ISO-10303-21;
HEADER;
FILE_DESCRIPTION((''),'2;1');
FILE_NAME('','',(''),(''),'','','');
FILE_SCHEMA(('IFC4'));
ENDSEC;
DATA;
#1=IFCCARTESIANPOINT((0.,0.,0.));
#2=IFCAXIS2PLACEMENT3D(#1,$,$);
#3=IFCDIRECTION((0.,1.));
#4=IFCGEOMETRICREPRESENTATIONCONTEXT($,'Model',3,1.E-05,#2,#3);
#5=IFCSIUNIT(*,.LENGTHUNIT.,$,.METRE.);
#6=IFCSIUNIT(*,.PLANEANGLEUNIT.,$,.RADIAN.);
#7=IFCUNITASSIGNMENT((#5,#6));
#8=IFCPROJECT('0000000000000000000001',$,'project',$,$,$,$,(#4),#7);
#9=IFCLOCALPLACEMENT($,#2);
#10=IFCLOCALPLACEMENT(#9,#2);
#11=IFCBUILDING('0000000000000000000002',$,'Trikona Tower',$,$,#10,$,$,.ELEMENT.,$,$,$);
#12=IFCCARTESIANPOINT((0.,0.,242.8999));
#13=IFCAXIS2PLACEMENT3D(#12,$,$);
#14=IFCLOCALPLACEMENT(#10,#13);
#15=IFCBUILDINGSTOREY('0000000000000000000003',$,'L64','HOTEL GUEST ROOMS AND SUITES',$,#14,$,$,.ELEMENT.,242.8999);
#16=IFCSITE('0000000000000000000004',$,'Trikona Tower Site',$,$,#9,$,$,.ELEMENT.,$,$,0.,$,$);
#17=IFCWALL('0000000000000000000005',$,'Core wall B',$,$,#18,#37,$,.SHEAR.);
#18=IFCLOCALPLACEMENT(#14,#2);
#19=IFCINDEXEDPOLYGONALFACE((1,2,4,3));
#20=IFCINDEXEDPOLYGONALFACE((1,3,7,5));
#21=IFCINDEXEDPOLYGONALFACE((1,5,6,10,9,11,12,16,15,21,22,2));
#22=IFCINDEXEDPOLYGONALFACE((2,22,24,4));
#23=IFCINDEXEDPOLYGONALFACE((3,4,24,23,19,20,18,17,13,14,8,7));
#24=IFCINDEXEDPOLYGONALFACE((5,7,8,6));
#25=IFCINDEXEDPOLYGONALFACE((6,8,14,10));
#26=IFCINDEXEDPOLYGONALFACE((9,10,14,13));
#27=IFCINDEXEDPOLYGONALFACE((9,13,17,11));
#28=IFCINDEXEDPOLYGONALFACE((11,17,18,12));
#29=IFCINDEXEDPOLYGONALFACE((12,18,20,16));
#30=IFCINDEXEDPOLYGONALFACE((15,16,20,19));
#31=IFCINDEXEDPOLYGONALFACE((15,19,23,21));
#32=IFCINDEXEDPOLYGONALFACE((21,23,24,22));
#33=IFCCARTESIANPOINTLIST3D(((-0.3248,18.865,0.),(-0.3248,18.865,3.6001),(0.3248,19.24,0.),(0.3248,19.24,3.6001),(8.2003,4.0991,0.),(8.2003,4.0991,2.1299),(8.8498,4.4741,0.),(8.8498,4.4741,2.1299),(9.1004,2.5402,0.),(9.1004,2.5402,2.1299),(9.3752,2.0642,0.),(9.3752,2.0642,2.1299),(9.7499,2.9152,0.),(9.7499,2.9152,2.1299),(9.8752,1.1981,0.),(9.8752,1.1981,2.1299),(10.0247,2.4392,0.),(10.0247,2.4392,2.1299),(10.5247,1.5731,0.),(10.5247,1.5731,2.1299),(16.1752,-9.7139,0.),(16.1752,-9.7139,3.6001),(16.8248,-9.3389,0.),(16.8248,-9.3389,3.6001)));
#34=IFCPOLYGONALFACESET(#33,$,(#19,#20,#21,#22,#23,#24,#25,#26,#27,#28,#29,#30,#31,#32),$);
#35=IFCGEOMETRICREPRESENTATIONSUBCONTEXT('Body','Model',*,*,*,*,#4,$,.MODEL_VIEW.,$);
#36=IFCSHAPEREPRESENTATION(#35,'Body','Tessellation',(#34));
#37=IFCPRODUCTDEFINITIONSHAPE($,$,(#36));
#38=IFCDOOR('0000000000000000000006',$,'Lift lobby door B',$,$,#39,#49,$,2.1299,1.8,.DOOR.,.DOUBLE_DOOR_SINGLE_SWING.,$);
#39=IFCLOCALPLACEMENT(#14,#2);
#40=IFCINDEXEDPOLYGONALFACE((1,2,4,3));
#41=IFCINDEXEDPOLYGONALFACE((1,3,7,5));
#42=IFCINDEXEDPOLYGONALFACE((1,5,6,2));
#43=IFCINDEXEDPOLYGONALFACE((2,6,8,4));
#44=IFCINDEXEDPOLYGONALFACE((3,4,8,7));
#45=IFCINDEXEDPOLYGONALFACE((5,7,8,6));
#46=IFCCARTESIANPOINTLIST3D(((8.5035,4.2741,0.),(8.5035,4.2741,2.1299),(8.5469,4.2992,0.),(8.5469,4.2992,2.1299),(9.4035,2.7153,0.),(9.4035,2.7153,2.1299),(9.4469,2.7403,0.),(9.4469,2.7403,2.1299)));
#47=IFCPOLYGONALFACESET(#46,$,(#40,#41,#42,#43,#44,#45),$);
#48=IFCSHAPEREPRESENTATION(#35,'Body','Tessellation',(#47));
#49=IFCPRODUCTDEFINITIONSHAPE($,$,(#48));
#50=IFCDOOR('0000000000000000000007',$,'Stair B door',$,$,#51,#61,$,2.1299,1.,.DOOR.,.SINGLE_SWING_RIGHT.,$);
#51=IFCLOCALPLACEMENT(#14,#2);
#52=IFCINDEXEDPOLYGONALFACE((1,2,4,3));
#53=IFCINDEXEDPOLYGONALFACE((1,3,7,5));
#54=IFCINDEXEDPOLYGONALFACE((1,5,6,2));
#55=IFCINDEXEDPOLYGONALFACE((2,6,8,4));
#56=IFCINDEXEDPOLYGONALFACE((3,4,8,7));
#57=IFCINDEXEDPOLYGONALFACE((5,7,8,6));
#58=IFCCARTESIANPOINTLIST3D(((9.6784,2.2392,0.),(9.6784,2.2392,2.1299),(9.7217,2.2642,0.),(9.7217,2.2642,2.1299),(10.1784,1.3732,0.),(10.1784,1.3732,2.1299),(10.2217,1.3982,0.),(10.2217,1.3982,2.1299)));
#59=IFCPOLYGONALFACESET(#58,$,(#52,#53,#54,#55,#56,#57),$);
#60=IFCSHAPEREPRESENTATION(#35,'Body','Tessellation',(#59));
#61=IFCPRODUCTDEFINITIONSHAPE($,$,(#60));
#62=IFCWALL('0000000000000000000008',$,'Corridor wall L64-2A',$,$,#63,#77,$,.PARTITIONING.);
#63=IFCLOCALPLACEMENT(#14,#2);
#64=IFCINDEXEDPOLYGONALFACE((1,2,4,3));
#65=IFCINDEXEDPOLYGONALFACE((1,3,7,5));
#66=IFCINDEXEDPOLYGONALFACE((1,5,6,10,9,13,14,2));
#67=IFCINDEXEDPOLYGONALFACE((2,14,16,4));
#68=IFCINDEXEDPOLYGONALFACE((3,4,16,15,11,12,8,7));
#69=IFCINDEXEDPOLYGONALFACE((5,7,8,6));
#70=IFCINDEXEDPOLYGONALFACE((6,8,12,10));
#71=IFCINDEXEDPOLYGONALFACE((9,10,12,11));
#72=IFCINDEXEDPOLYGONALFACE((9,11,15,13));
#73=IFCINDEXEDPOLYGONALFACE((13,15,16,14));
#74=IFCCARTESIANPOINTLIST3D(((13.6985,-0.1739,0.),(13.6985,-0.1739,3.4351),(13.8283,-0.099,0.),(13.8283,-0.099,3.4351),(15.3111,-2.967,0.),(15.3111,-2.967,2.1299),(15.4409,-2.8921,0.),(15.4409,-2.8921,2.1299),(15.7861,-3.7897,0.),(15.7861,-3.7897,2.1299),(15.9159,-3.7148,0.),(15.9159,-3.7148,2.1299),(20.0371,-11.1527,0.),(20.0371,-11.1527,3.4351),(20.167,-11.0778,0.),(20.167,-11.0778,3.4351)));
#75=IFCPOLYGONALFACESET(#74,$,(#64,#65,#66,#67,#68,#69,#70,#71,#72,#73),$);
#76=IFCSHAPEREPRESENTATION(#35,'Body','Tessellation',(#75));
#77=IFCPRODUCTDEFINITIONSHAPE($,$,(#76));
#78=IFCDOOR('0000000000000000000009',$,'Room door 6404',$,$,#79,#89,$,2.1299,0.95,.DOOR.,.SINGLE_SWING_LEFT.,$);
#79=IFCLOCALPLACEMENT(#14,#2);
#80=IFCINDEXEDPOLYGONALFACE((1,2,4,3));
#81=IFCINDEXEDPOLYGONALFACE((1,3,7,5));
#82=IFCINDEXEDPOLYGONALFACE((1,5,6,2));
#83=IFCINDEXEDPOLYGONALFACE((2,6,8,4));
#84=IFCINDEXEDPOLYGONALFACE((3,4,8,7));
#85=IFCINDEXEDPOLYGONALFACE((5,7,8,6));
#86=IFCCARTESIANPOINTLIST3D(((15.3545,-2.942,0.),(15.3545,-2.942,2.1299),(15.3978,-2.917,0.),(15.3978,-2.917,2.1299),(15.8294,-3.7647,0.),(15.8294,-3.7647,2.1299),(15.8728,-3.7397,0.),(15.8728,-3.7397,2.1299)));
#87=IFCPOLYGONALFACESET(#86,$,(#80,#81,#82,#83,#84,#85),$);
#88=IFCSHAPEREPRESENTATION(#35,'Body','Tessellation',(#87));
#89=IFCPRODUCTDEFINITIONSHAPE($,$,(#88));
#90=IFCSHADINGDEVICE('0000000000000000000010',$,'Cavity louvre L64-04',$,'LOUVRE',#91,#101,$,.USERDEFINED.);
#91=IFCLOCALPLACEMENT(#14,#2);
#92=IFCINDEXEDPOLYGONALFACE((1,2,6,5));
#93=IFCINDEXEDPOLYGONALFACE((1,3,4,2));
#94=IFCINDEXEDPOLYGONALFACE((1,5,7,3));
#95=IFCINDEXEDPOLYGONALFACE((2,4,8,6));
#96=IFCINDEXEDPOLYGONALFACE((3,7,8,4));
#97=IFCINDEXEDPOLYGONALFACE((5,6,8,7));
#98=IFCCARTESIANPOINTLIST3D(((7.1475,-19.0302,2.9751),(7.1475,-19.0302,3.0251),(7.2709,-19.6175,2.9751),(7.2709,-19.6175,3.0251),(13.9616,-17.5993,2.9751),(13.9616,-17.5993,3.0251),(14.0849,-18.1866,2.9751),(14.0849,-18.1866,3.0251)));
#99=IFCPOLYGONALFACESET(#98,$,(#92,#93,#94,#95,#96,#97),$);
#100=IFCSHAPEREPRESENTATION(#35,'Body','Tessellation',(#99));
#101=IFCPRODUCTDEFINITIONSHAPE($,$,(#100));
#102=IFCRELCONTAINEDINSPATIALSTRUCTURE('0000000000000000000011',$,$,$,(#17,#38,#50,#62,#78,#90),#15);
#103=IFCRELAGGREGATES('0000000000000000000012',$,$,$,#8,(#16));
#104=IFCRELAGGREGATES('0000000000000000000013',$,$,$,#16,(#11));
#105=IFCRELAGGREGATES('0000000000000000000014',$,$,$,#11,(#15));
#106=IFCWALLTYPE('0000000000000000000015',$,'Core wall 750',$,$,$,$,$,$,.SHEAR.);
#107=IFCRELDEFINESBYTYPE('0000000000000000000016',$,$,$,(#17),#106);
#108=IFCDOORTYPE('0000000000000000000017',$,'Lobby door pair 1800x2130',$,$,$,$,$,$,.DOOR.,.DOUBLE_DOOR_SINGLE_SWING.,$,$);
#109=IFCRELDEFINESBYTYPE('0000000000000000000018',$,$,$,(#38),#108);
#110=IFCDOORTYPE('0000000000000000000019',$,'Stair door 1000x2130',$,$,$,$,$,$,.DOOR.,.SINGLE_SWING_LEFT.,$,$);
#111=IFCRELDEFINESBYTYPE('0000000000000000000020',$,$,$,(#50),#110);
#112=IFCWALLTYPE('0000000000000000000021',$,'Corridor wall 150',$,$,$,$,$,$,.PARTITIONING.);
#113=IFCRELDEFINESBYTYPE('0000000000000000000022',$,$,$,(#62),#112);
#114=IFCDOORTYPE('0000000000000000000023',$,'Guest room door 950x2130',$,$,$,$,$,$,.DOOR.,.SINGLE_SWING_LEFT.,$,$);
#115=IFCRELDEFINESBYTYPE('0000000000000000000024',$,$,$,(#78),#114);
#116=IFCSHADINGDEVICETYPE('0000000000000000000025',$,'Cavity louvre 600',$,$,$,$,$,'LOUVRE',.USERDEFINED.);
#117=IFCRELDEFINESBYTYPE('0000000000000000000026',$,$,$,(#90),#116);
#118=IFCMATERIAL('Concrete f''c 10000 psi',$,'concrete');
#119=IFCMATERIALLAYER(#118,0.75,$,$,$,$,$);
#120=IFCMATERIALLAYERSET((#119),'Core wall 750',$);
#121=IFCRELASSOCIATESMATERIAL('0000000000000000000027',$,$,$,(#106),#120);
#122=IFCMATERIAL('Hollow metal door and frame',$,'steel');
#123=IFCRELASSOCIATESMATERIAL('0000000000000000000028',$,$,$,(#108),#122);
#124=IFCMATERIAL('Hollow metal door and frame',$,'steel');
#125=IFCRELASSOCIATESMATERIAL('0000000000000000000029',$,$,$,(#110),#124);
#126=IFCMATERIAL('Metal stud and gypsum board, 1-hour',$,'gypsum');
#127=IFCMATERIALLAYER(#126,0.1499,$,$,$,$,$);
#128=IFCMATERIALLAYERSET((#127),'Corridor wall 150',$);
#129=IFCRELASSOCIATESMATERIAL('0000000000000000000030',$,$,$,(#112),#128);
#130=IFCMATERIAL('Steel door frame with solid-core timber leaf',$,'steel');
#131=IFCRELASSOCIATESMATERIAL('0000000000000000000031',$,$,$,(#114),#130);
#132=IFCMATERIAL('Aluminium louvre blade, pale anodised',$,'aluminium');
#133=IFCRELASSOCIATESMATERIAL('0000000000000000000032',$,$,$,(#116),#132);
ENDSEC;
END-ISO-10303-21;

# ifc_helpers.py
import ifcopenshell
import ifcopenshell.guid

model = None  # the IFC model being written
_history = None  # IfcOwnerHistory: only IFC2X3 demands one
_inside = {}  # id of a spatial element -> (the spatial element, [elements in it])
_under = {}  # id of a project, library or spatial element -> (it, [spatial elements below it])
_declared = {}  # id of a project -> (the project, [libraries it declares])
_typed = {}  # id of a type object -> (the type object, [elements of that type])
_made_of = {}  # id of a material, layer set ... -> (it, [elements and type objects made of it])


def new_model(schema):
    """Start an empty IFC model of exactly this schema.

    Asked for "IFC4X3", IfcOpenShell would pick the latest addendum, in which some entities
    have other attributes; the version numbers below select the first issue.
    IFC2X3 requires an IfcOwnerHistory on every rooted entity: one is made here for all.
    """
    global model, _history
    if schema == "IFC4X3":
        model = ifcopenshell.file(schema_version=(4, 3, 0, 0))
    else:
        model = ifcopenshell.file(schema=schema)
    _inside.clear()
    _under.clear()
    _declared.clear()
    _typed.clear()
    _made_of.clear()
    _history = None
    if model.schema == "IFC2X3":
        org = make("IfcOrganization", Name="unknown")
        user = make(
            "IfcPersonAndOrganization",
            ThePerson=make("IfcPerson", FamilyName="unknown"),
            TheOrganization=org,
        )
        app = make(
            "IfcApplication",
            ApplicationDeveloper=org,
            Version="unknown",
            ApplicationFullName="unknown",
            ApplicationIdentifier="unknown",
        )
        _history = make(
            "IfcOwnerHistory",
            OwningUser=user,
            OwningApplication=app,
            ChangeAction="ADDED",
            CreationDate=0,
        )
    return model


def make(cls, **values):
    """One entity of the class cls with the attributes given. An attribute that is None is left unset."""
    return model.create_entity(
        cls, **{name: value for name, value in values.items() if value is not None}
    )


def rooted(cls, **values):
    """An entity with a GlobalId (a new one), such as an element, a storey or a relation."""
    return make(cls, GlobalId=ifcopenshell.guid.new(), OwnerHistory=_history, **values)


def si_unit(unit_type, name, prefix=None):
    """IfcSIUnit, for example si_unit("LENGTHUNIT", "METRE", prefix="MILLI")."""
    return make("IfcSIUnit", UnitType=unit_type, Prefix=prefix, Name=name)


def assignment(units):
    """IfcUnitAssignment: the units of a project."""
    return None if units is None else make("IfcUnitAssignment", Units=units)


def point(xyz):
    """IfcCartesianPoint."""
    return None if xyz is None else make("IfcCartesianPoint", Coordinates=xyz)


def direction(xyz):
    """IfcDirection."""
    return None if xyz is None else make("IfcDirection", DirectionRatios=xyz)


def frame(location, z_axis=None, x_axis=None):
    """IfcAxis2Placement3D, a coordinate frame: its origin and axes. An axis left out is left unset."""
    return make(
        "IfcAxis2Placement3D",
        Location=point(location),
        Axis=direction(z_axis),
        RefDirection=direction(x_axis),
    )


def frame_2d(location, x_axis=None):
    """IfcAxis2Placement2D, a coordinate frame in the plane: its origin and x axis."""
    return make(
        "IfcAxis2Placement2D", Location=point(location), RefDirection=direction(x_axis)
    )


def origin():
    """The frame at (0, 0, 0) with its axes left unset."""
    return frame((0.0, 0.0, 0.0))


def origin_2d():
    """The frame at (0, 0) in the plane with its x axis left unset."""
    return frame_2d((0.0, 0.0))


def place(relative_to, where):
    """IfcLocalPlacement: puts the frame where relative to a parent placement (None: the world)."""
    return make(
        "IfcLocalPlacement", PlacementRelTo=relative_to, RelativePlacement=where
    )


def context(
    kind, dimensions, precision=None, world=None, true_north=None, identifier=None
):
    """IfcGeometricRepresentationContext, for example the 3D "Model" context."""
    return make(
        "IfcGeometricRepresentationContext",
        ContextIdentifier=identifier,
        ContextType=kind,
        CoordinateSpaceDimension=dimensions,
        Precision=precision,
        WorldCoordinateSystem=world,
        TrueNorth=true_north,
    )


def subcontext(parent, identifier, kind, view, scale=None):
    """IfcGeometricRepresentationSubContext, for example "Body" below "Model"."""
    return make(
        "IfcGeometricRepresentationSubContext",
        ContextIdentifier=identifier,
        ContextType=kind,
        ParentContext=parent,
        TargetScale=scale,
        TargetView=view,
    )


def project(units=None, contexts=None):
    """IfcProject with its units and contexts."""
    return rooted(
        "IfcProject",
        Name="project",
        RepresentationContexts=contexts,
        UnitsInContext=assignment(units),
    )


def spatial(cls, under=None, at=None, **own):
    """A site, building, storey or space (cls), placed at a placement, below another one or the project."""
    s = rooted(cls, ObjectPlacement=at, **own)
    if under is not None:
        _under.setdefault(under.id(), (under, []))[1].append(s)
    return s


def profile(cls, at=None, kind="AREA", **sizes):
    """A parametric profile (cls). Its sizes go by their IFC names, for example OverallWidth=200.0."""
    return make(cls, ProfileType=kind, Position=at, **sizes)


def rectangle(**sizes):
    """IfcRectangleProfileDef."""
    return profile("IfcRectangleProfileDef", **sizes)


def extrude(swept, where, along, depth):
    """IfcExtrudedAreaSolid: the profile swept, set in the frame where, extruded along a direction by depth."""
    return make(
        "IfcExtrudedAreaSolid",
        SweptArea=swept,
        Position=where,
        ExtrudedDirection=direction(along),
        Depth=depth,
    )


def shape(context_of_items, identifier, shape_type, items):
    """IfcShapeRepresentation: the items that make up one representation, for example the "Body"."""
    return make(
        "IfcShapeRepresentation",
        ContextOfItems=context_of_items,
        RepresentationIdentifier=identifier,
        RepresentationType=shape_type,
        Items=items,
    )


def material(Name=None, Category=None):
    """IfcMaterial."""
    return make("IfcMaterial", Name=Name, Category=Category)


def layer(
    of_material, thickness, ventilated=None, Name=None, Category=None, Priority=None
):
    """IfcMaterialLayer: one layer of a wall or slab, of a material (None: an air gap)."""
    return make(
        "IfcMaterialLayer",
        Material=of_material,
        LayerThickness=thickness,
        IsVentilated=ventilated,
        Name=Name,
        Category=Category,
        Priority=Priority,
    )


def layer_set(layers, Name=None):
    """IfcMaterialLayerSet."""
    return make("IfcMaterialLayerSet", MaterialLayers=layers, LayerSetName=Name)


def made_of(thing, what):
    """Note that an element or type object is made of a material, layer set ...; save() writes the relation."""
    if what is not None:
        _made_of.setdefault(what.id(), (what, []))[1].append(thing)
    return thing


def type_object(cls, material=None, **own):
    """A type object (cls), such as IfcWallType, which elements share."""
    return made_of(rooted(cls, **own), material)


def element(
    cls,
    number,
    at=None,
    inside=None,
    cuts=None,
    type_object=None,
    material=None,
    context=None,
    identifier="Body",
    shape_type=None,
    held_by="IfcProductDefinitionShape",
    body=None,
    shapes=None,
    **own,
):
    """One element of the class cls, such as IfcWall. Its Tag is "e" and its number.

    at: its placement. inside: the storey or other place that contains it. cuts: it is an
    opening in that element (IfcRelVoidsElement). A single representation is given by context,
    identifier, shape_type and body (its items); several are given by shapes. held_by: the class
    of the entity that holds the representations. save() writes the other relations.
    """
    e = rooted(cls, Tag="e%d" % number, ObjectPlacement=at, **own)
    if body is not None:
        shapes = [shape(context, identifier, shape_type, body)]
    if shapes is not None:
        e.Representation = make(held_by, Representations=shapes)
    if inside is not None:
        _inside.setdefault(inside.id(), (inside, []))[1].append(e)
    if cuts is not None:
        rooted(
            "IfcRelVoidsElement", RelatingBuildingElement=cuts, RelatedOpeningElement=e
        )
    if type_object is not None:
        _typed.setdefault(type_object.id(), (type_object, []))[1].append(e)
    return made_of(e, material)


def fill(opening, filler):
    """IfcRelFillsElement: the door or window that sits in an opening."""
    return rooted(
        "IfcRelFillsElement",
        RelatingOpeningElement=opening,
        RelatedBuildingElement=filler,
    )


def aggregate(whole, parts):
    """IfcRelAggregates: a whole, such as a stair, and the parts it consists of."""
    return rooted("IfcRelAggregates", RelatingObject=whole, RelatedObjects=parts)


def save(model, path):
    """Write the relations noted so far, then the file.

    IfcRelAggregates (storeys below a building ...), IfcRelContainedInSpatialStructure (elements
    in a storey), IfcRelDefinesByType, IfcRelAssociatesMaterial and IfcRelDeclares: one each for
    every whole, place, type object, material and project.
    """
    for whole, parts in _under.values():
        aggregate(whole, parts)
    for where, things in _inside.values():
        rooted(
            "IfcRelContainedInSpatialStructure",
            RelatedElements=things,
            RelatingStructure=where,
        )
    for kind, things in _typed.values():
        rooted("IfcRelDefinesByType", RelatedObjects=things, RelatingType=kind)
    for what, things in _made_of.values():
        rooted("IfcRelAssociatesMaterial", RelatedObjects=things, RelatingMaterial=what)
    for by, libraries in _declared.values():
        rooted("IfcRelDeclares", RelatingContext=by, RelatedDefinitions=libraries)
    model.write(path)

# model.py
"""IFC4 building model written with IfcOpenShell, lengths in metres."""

from ifc_helpers import new_model, si_unit, direction, frame, frame_2d, origin, origin_2d, place, context, subcontext, project, spatial, rectangle, extrude, material, layer, layer_set, type_object, element, fill, save


model = new_model("IFC4")

# Units and contexts
model_context = context("Model", 3, precision=1e-05, world=origin(), true_north=direction((0.0, 1.0)))
body_context = subcontext(model_context, "Body", "Model", "MODEL_VIEW")
ifc_project = project(units=[si_unit("LENGTHUNIT", "METRE"), si_unit("PLANEANGLEUNIT", "RADIAN")], contexts=[model_context])

# Site, building, storey
site_placement = place(None, origin())
site = spatial("IfcSite", under=ifc_project, at=site_placement, Name="Trikona Tower Site", CompositionType="ELEMENT", RefElevation=0.0)
building_placement = place(site_placement, origin())
building = spatial("IfcBuilding", under=site, at=building_placement, Name="Trikona Tower", CompositionType="ELEMENT")
storey_placement = place(building_placement, frame((0.0, 0.0, 242.8999)))
storey = spatial("IfcBuildingStorey", under=building, at=storey_placement, Name="L64", Description="HOTEL GUEST ROOMS AND SUITES", CompositionType="ELEMENT", Elevation=242.8999)

# Wall, openings, doors
ifc_material_1 = material(Name="Concrete f'c 10000 psi", Category="concrete")
ifc_layer_1 = layer(ifc_material_1, 0.75)
ifc_layer_set_1 = layer_set([ifc_layer_1], Name="Core wall 750")
wall_type_1 = type_object("IfcWallType", Name="Core wall 750", PredefinedType="SHEAR", material=ifc_layer_set_1)
wall_1_placement = place(storey_placement, frame((16.5, -9.5264, 0.0), z_axis=(0.0, 0.0, 1.0), x_axis=(-0.5, 0.866026, 0.0)))
wall_1 = element("IfcWall", 1, at=wall_1_placement, inside=storey, type_object=wall_type_1, Name="Core wall B", PredefinedType="SHEAR", context=body_context, shape_type="SweptSolid", body=[
    extrude(rectangle(XDim=33.0, YDim=0.75, at=frame_2d((16.5, 0.0))), origin(), (0.0, 0.0, 1.0), 3.6001),
])
opening_1_placement = place(wall_1_placement, frame((14.1499, 0.0, 0.0)))
opening_1 = element("IfcOpeningElement", 2, at=opening_1_placement, cuts=wall_1, PredefinedType="OPENING", context=body_context, shape_type="SweptSolid", body=[
    extrude(rectangle(XDim=1.8, YDim=2.1299, at=frame_2d((0.8999, 1.0649))), frame((0.0, 0.385, 0.0), z_axis=(0.0, -1.0, 0.0), x_axis=(1.0, 0.0, 0.0)), (0.0, 0.0, 1.0), 0.77),
])
opening_2_placement = place(wall_1_placement, frame((12.6001, 0.0, 0.0)))
opening_2 = element("IfcOpeningElement", 3, at=opening_2_placement, cuts=wall_1, PredefinedType="OPENING", context=body_context, shape_type="SweptSolid", body=[
    extrude(rectangle(XDim=1.0, YDim=2.1299, at=frame_2d((0.5, 1.0649))), frame((0.0, 0.385, 0.0), z_axis=(0.0, -1.0, 0.0), x_axis=(1.0, 0.0, 0.0)), (0.0, 0.0, 1.0), 0.77),
])
ifc_material_2 = material(Name="Hollow metal door and frame", Category="steel")
door_type_1 = type_object("IfcDoorType", Name="Lobby door pair 1800x2130", OperationType="DOUBLE_DOOR_SINGLE_SWING", PredefinedType="DOOR", material=ifc_material_2)
door_1_placement = place(opening_1_placement, origin())
door_1 = element("IfcDoor", 4, at=door_1_placement, inside=storey, type_object=door_type_1, Name="Lift lobby door B", OperationType="DOUBLE_DOOR_SINGLE_SWING", OverallHeight=2.1299, OverallWidth=1.8, PredefinedType="DOOR", context=body_context, shape_type="SweptSolid", body=[
    extrude(rectangle(XDim=1.8, YDim=2.1299, at=frame_2d((0.8999, 1.0649))), frame((0.0, 0.0249, 0.0), z_axis=(0.0, -1.0, 0.0), x_axis=(1.0, 0.0, 0.0)), (0.0, 0.0, 1.0), 0.05),
])
fill(opening_1, door_1)
ifc_material_3 = material(Name="Hollow metal door and frame", Category="steel")
door_type_2 = type_object("IfcDoorType", Name="Stair door 1000x2130", OperationType="SINGLE_SWING_LEFT", PredefinedType="DOOR", material=ifc_material_3)
door_2_placement = place(opening_2_placement, origin())
door_2 = element("IfcDoor", 5, at=door_2_placement, inside=storey, type_object=door_type_2, Name="Stair B door", OperationType="SINGLE_SWING_RIGHT", OverallHeight=2.1299, OverallWidth=1.0, PredefinedType="DOOR", context=body_context, shape_type="SweptSolid", body=[
    extrude(rectangle(XDim=1.0, YDim=2.1299, at=frame_2d((0.5, 1.0649))), frame((0.0, 0.0249, 0.0), z_axis=(0.0, -1.0, 0.0), x_axis=(1.0, 0.0, 0.0)), (0.0, 0.0, 1.0), 0.05),
])
fill(opening_2, door_2)

# Wall, opening, door
ifc_material_4 = material(Name="Metal stud and gypsum board, 1-hour", Category="gypsum")
ifc_layer_2 = layer(ifc_material_4, 0.1499)
ifc_layer_set_2 = layer_set([ifc_layer_2], Name="Corridor wall 150")
wall_type_2 = type_object("IfcWallType", Name="Corridor wall 150", PredefinedType="PARTITIONING", material=ifc_layer_set_2)
wall_2_placement = place(storey_placement, frame((20.1021, -11.1152, 0.0), z_axis=(0.0, 0.0, 1.0), x_axis=(-0.500002, 0.866024, 0.0)))
wall_2 = element("IfcWall", 6, at=wall_2_placement, inside=storey, type_object=wall_type_2, Name="Corridor wall L64-2A", PredefinedType="PARTITIONING", context=body_context, shape_type="SweptSolid", body=[
    extrude(rectangle(XDim=12.6772, YDim=0.1499, at=frame_2d((6.3386, 0.0))), origin(), (0.0, 0.0, 1.0), 3.4351),
])
opening_3_placement = place(wall_2_placement, frame((8.502, 0.0, 0.0)))
opening_3 = element("IfcOpeningElement", 7, at=opening_3_placement, cuts=wall_2, PredefinedType="OPENING", context=body_context, shape_type="SweptSolid", body=[
    extrude(rectangle(XDim=0.95, YDim=2.1299, at=frame_2d((0.4751, 1.0649))), frame((0.0, 0.085, 0.0), z_axis=(0.0, -1.0, 0.0), x_axis=(1.0, 0.0, 0.0)), (0.0, 0.0, 1.0), 0.1699),
])
ifc_material_5 = material(Name="Steel door frame with solid-core timber leaf", Category="steel")
door_type_3 = type_object("IfcDoorType", Name="Guest room door 950x2130", OperationType="SINGLE_SWING_LEFT", PredefinedType="DOOR", material=ifc_material_5)
door_3_placement = place(opening_3_placement, origin())
door_3 = element("IfcDoor", 8, at=door_3_placement, inside=storey, type_object=door_type_3, Name="Room door 6404", OperationType="SINGLE_SWING_LEFT", OverallHeight=2.1299, OverallWidth=0.95, PredefinedType="DOOR", context=body_context, shape_type="SweptSolid", body=[
    extrude(rectangle(XDim=0.95, YDim=2.1299, at=frame_2d((0.4751, 1.0649))), frame((0.0, 0.0249, 0.0), z_axis=(0.0, -1.0, 0.0), x_axis=(1.0, 0.0, 0.0)), (0.0, 0.0, 1.0), 0.05),
])
fill(opening_3, door_3)

# Shading device
ifc_material_6 = material(Name="Aluminium louvre blade, pale anodised", Category="aluminium")
shading_device_type = type_object("IfcShadingDeviceType", Name="Cavity louvre 600", ElementType="LOUVRE", PredefinedType="USERDEFINED", material=ifc_material_6)
shading_device_placement = place(storey_placement, frame((10.6162, -18.6084, 2.9751), z_axis=(0.0, 0.0, 1.0), x_axis=(0.978653, 0.205518, 0.0)))
element("IfcShadingDevice", 9, at=shading_device_placement, inside=storey, type_object=shading_device_type, Name="Cavity louvre L64-04", ObjectType="LOUVRE", PredefinedType="USERDEFINED", context=body_context, shape_type="SweptSolid", body=[
    extrude(rectangle(XDim=6.9626, YDim=0.6001, at=origin_2d()), origin(), (0.0, 0.0, 1.0), 0.05),
])

save(model, "model.ifc")
